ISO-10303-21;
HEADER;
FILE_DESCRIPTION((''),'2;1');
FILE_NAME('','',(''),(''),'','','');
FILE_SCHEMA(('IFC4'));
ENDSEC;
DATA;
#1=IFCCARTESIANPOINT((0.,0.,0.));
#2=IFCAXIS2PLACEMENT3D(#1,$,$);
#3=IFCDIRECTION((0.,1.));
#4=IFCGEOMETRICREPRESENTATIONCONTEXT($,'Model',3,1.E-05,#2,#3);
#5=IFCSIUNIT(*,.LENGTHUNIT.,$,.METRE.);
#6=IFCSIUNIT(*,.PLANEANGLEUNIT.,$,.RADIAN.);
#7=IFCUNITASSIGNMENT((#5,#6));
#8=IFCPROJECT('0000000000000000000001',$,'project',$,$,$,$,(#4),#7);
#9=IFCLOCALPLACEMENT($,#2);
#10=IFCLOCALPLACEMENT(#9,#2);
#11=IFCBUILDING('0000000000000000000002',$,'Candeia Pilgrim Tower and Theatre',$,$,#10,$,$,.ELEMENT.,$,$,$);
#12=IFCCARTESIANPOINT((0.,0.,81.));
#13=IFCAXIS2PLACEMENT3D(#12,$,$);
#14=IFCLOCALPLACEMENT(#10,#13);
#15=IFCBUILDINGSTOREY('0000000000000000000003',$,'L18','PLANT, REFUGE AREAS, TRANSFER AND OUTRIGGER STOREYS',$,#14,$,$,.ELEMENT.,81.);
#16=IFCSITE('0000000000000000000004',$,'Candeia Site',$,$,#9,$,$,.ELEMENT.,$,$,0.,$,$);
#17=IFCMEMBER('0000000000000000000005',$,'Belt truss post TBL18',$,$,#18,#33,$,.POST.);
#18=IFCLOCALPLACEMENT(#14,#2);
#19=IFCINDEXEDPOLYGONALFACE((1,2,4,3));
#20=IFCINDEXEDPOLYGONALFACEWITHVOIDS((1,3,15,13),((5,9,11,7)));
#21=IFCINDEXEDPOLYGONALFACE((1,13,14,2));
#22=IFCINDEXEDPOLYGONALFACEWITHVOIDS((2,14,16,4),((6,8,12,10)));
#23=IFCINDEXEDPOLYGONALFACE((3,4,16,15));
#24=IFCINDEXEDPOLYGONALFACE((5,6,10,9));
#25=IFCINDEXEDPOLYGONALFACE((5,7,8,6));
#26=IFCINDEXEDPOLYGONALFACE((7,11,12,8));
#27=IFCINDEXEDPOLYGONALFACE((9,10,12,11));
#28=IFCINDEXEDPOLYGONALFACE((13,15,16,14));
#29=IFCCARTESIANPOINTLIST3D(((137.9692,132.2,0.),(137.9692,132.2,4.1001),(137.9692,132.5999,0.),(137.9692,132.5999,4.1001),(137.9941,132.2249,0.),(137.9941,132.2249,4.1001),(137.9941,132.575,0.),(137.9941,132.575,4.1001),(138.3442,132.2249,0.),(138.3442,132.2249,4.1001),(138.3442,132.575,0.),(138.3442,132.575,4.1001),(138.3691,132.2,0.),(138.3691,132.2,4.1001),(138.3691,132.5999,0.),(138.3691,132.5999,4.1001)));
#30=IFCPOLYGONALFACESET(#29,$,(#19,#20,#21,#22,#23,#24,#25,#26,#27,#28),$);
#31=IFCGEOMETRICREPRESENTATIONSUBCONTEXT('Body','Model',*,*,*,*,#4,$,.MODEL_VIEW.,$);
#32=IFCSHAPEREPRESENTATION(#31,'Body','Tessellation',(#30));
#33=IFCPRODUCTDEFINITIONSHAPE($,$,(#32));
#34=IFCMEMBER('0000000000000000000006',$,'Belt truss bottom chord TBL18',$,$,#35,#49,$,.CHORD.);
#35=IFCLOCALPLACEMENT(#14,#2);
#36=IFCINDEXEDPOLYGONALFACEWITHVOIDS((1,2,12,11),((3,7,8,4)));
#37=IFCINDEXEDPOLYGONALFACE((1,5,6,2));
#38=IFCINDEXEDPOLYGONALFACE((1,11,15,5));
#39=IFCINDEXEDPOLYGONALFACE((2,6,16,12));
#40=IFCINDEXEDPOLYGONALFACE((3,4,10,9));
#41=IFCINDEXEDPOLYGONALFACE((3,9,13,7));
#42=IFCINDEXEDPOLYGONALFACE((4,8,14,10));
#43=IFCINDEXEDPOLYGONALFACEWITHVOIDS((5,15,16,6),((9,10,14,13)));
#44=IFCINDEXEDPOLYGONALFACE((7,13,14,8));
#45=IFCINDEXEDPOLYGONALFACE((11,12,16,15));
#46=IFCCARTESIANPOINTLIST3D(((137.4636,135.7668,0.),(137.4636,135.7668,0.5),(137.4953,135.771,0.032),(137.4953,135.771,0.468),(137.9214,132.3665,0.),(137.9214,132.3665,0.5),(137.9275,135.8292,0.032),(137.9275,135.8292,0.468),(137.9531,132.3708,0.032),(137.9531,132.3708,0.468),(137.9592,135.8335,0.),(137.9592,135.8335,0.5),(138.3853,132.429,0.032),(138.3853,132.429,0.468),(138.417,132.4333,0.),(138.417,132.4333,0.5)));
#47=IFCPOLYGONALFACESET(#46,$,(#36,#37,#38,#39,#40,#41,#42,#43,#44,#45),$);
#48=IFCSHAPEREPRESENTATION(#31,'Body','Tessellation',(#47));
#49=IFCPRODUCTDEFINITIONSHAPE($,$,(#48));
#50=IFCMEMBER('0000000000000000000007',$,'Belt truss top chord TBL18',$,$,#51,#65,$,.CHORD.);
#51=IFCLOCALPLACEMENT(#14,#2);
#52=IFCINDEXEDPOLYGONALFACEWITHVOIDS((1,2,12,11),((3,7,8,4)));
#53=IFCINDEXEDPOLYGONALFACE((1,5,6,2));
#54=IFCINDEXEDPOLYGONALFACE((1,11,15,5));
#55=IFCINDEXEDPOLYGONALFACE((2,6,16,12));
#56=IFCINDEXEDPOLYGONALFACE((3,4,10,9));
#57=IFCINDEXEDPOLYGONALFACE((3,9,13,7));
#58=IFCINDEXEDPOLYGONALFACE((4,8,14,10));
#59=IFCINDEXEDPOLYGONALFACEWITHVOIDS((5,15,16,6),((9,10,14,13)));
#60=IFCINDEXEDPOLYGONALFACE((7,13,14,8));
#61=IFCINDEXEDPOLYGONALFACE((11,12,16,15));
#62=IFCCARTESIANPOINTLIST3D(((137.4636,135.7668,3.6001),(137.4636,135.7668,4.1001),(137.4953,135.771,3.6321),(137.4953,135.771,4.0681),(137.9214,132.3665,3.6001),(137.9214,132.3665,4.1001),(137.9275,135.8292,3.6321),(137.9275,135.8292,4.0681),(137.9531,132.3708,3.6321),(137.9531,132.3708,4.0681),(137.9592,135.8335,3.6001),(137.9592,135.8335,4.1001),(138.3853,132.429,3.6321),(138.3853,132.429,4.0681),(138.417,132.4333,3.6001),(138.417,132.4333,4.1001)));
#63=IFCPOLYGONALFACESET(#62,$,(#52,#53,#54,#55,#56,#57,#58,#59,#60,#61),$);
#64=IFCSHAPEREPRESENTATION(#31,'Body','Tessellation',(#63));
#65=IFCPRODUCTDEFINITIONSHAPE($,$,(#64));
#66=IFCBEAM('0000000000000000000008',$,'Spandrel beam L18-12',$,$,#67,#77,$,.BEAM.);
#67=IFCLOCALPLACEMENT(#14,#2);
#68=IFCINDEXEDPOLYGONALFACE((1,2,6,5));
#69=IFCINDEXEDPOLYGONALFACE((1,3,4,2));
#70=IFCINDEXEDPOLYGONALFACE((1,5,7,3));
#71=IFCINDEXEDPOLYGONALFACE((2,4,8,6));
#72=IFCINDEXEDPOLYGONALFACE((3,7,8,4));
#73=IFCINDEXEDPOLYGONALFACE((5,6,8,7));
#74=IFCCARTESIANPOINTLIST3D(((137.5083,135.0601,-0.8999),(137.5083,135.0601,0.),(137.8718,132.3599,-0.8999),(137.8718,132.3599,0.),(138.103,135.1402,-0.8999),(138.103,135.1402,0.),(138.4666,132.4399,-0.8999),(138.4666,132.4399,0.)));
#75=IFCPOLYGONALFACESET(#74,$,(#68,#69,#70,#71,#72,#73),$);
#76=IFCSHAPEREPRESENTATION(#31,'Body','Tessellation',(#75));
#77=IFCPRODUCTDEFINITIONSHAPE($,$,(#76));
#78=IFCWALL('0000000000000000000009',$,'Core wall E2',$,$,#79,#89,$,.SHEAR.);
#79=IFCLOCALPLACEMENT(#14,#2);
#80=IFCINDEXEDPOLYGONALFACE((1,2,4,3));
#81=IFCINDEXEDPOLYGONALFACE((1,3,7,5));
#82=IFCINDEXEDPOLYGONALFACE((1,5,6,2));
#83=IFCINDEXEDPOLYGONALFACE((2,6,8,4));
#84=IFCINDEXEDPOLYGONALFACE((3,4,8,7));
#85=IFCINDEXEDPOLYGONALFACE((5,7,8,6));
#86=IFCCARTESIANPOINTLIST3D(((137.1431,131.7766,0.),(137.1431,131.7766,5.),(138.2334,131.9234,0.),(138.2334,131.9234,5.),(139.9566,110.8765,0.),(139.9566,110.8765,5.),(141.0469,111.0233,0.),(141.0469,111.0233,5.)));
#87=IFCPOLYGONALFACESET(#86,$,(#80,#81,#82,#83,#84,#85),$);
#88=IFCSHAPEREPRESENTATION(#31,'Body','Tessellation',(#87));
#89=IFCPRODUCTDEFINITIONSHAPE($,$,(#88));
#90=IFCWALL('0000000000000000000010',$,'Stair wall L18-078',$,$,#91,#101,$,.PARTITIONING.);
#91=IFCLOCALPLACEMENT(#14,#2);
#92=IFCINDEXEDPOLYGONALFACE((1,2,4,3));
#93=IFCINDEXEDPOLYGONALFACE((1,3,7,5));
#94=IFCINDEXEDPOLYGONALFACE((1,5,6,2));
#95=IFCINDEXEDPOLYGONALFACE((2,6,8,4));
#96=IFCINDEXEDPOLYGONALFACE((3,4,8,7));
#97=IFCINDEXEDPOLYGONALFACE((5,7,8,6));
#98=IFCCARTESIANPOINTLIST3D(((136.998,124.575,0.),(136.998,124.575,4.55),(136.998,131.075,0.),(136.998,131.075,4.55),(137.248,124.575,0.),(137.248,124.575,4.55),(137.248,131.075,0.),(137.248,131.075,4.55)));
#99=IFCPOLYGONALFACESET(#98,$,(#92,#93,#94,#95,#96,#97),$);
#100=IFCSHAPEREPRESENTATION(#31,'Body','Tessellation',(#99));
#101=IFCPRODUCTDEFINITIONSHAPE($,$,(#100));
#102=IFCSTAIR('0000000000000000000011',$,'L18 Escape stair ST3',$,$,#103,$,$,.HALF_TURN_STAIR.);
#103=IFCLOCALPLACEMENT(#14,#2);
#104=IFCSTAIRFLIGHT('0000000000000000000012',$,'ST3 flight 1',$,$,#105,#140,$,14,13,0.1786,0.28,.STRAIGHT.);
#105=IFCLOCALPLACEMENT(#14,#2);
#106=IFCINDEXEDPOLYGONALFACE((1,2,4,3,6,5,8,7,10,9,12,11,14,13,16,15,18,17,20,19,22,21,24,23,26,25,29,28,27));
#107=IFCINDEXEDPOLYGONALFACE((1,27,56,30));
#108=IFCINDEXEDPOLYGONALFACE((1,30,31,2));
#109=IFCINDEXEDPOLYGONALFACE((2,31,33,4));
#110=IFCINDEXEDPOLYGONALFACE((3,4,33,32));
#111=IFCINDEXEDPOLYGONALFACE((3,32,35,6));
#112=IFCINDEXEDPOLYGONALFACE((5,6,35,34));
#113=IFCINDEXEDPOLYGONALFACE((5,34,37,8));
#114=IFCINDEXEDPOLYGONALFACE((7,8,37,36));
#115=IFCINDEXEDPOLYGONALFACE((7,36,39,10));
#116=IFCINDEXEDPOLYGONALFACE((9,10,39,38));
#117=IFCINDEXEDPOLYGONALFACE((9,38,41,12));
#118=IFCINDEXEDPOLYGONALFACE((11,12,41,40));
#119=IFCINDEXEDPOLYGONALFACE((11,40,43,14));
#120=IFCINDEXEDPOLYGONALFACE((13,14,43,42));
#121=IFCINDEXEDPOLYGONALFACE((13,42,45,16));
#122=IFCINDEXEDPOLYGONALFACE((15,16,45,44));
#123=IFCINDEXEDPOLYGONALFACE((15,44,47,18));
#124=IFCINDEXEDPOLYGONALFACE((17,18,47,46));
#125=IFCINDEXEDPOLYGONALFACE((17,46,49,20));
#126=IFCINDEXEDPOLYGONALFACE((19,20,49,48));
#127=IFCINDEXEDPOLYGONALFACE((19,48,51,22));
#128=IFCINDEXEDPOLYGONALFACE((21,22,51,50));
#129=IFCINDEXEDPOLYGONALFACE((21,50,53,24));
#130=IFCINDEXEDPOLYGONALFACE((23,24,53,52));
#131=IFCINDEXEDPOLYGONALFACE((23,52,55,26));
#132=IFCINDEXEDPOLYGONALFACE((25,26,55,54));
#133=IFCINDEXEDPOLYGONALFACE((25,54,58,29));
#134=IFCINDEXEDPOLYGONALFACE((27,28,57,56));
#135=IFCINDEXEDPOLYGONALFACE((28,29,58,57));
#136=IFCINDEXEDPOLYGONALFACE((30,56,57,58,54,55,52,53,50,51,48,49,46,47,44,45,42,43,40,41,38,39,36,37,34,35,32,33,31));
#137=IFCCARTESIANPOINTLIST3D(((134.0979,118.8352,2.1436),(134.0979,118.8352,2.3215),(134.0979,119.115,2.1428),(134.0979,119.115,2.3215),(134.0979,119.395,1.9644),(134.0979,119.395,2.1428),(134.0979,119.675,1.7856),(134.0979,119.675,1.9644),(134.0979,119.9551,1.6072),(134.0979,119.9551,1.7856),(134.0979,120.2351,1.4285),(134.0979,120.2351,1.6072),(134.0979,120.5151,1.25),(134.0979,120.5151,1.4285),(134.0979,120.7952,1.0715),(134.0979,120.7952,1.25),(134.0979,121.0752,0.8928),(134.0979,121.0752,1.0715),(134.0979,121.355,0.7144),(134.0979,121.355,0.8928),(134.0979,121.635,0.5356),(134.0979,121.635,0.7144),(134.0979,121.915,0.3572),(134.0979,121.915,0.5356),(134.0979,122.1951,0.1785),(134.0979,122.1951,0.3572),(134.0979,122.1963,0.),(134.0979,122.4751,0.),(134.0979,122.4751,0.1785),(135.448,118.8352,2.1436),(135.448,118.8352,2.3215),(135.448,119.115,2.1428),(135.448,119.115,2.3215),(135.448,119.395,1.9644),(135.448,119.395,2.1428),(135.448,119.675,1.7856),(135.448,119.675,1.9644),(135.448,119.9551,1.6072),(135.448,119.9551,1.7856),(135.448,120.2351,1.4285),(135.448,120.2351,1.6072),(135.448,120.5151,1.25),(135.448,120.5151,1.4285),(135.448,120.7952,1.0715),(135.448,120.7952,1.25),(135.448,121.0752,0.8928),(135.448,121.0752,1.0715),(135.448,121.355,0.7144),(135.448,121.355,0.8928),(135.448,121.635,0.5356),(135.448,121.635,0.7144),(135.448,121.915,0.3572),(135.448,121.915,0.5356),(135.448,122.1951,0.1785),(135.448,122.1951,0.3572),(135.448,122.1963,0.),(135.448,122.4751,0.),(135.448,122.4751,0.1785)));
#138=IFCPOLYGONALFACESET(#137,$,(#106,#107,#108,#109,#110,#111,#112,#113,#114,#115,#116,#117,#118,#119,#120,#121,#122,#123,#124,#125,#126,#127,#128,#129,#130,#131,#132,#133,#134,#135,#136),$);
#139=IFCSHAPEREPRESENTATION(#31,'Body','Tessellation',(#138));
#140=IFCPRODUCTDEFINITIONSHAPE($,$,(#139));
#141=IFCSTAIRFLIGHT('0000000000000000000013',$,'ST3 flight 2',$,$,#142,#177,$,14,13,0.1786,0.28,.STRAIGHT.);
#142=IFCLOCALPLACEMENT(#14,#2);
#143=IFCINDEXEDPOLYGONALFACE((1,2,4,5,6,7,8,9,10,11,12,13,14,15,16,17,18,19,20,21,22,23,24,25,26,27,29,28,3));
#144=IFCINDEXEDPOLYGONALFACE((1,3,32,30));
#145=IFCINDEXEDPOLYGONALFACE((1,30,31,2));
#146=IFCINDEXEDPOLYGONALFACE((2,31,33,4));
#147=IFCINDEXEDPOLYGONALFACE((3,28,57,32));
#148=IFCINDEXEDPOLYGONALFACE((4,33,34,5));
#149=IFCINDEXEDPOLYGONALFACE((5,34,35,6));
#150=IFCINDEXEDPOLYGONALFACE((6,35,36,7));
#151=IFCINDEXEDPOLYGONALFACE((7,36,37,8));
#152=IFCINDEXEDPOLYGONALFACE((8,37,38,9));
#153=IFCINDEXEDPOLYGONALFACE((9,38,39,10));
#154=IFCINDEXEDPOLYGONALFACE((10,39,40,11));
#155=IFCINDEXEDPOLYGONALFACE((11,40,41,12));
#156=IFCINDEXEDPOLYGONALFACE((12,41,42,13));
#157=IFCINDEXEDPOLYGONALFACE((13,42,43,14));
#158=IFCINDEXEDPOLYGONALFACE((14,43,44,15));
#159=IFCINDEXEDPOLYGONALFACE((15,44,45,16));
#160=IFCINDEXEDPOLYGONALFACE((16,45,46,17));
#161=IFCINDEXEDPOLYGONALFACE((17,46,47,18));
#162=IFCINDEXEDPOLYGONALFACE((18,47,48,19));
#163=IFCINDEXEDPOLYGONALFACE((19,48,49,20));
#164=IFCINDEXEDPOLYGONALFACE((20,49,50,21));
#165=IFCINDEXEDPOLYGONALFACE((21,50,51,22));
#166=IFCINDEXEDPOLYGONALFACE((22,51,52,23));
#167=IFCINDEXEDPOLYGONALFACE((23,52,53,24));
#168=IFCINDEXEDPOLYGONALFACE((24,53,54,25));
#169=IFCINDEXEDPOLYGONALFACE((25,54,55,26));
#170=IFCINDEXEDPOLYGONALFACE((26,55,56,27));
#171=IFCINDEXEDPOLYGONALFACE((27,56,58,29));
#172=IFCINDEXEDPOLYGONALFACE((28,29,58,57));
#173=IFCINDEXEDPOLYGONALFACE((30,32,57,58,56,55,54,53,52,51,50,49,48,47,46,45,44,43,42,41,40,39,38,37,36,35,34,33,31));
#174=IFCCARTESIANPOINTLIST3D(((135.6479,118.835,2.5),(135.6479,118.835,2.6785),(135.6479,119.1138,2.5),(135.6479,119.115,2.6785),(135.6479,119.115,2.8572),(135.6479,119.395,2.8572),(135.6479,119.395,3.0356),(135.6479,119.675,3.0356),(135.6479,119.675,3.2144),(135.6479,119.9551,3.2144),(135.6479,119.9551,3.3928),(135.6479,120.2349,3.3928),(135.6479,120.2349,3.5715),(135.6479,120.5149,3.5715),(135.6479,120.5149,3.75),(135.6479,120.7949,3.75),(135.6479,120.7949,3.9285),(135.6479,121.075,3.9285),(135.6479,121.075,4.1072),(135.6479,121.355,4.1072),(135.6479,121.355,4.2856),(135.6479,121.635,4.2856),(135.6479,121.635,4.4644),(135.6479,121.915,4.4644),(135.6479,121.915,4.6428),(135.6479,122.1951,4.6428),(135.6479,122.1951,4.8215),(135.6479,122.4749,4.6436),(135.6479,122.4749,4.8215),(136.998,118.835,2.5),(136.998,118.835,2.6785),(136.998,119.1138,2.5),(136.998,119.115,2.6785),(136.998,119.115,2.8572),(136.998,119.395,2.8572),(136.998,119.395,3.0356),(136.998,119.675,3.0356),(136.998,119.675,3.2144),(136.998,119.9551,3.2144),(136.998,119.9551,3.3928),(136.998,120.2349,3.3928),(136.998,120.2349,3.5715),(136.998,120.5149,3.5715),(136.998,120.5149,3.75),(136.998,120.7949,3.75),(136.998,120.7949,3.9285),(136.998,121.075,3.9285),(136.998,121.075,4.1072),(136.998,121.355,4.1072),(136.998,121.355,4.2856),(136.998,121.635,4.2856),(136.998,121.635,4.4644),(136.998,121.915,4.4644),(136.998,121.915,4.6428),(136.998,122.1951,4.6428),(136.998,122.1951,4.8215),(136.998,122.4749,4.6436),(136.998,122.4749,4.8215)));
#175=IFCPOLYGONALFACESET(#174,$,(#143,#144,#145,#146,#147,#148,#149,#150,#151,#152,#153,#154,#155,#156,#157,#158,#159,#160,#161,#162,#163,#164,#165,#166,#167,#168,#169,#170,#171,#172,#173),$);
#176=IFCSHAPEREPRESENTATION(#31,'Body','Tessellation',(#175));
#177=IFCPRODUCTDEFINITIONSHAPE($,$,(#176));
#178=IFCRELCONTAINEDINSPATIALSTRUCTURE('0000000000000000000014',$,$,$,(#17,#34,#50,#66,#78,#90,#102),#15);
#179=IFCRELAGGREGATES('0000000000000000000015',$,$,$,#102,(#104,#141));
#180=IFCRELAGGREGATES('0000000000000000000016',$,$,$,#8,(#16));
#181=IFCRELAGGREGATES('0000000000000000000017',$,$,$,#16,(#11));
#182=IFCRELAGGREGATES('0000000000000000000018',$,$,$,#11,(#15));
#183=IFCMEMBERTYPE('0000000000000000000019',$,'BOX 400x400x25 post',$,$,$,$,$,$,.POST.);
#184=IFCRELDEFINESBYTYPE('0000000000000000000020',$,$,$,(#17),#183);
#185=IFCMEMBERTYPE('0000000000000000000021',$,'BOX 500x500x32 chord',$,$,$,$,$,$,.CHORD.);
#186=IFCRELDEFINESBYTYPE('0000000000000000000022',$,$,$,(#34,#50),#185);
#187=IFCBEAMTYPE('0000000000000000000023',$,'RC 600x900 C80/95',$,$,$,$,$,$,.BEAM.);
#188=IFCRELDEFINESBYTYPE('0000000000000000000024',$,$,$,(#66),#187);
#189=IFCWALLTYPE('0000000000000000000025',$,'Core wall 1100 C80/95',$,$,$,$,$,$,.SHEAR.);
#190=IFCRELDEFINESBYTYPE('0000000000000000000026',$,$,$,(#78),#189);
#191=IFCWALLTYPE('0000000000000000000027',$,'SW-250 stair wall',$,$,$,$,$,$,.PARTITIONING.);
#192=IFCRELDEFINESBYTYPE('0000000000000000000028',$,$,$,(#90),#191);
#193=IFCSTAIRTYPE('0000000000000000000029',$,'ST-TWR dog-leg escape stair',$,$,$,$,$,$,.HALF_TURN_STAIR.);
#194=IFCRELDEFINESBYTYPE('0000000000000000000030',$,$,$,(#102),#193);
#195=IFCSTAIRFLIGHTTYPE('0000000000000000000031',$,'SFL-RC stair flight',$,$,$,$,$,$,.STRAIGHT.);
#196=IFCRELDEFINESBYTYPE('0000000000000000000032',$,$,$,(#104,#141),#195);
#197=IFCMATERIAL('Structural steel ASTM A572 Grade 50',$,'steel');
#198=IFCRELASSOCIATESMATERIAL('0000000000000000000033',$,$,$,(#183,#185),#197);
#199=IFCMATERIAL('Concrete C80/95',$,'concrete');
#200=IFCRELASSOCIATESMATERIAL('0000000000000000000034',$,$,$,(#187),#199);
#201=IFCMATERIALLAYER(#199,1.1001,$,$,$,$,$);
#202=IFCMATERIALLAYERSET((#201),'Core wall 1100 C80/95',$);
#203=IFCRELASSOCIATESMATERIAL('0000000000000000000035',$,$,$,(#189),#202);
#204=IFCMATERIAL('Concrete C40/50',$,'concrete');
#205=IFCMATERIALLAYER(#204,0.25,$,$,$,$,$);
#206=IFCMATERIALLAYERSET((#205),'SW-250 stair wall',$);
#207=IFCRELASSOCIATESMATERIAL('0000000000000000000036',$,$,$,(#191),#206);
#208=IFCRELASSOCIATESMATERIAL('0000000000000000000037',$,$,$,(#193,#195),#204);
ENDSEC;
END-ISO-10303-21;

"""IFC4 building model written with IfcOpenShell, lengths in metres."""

from ifc_helpers import new_model, si_unit, direction, frame, frame_2d, origin, origin_2d, place, context, subcontext, project, spatial, polyline, rectangle, hollow_rectangle, outline, extrude, material, layer, layer_set, material_profile, profile_set, type_object, element, aggregate, save


model = new_model("IFC4")

# Units and contexts
model_context = context("Model", 3, precision=1e-05, world=origin(), true_north=direction((0.0, 1.0)))
body_context = subcontext(model_context, "Body", "Model", "MODEL_VIEW")
ifc_project = project(units=[si_unit("LENGTHUNIT", "METRE"), si_unit("PLANEANGLEUNIT", "RADIAN")], contexts=[model_context])

# Site, building, storey
site_placement = place(None, origin())
site = spatial("IfcSite", under=ifc_project, at=site_placement, Name="Candeia Site", CompositionType="ELEMENT", RefElevation=0.0)
building_placement = place(site_placement, origin())
building = spatial("IfcBuilding", under=site, at=building_placement, Name="Candeia Pilgrim Tower and Theatre", CompositionType="ELEMENT")
storey_placement = place(building_placement, frame((0.0, 0.0, 81.0)))
storey = spatial("IfcBuildingStorey", under=building, at=storey_placement, Name="L18", Description="PLANT, REFUGE AREAS, TRANSFER AND OUTRIGGER STOREYS", CompositionType="ELEMENT", Elevation=81.0)

# Members
ifc_material_1 = material(Name="Structural steel ASTM A572 Grade 50", Category="steel")
ifc_material_profile_1 = material_profile(ifc_material_1, hollow_rectangle(XDim=0.3999, YDim=0.3999, WallThickness=0.0249, at=origin_2d()))
ifc_profile_set_1 = profile_set([ifc_material_profile_1], Name="Structural steel ASTM A572 Grade 50")
member_type_1 = type_object("IfcMemberType", Name="BOX 400x400x25 post", PredefinedType="POST", material=ifc_profile_set_1)
member_placement = place(storey_placement, frame((138.1692, 132.3999, 0.0), z_axis=(0.0, 0.0, 1.0), x_axis=(1.0, 0.0, 0.0)))
element("IfcMember", 1, at=member_placement, inside=storey, type_object=member_type_1, Name="Belt truss post TBL18", PredefinedType="POST", context=body_context, shape_type="SweptSolid", body=[
    extrude(hollow_rectangle(XDim=0.3999, YDim=0.3999, WallThickness=0.0249, at=origin_2d()), origin(), (0.0, 0.0, 1.0), 4.1001),
])
ifc_material_profile_2 = material_profile(ifc_material_1, hollow_rectangle(XDim=0.5, YDim=0.5, WallThickness=0.032, at=origin_2d()))
ifc_profile_set_2 = profile_set([ifc_material_profile_2], Name="Structural steel ASTM A572 Grade 50")
member_type_2 = type_object("IfcMemberType", Name="BOX 500x500x32 chord", PredefinedType="CHORD", material=ifc_profile_set_2)
for number, where, z_axis, x_axis, name in (
    (2, (138.1692, 132.3999, 0.25), (-0.133427, 0.991059, 0.0), (-0.991059, -0.133427, 0.0), "Belt truss bottom chord TBL18"),
    (3, (138.1692, 132.3999, 3.8501), (-0.133427, 0.991059, 0.0), (-0.991059, -0.133427, 0.0), "Belt truss top chord TBL18"),
):
    element("IfcMember", number, at=place(storey_placement, frame(where, z_axis=z_axis, x_axis=x_axis)), inside=storey, type_object=member_type_2, Name=name, PredefinedType="CHORD", context=body_context, shape_type="SweptSolid", body=[
        extrude(hollow_rectangle(XDim=0.5, YDim=0.5, WallThickness=0.032, at=origin_2d()), origin(), (0.0, 0.0, 1.0), 3.4309),
    ])

# Beam
ifc_material_2 = material(Name="Concrete C80/95", Category="concrete")
ifc_material_profile_3 = material_profile(ifc_material_2, rectangle(XDim=0.6001, YDim=0.8999, at=origin_2d()))
ifc_profile_set_3 = profile_set([ifc_material_profile_3], Name="Concrete C80/95")
beam_type = type_object("IfcBeamType", Name="RC 600x900 C80/95", PredefinedType="BEAM", material=ifc_profile_set_3)
beam_placement = place(storey_placement, frame((138.1692, 132.3999, -0.45), z_axis=(-0.133426, 0.991059, 0.0), x_axis=(-0.991059, -0.133426, 0.0)))
element("IfcBeam", 4, at=beam_placement, inside=storey, type_object=beam_type, Name="Spandrel beam L18-12", PredefinedType="BEAM", context=body_context, shape_type="SweptSolid", body=[
    extrude(rectangle(XDim=0.6001, YDim=0.8999, at=origin_2d()), origin(), (0.0, 0.0, 1.0), 2.7246),
])

# Wall
ifc_layer_1 = layer(ifc_material_2, 1.1001)
ifc_layer_set_1 = layer_set([ifc_layer_1], Name="Core wall 1100 C80/95")
wall_type_1 = type_object("IfcWallType", Name="Core wall 1100 C80/95", PredefinedType="SHEAR", material=ifc_layer_set_1)
wall_1_placement = place(storey_placement, frame((137.6882, 131.8501, 0.0), z_axis=(0.0, 0.0, 1.0), x_axis=(0.133412, -0.991061, 0.0)))
element("IfcWall", 5, at=wall_1_placement, inside=storey, type_object=wall_type_1, Name="Core wall E2", PredefinedType="SHEAR", context=body_context, shape_type="SweptSolid", body=[
    extrude(rectangle(XDim=21.0886, YDim=1.1001, at=frame_2d((10.5444, 0.0))), origin(), (0.0, 0.0, 1.0), 5.0),
])

# Wall
ifc_material_3 = material(Name="Concrete C40/50", Category="concrete")
ifc_layer_2 = layer(ifc_material_3, 0.25)
ifc_layer_set_2 = layer_set([ifc_layer_2], Name="SW-250 stair wall")
wall_type_2 = type_object("IfcWallType", Name="SW-250 stair wall", PredefinedType="PARTITIONING", material=ifc_layer_set_2)
wall_2_placement = place(storey_placement, frame((137.123, 124.575, 0.0), z_axis=(0.0, 0.0, 1.0), x_axis=(0.0, 1.0, 0.0)))
element("IfcWall", 6, at=wall_2_placement, inside=storey, type_object=wall_type_2, Name="Stair wall L18-078", PredefinedType="PARTITIONING", context=body_context, shape_type="SweptSolid", body=[
    extrude(rectangle(XDim=6.5, YDim=0.25, at=frame_2d((3.25, 0.0))), origin(), (0.0, 0.0, 1.0), 4.55),
])

# Stair, stair flights
stair_type = type_object("IfcStairType", Name="ST-TWR dog-leg escape stair", PredefinedType="HALF_TURN_STAIR", material=ifc_material_3)
stair_1_placement = place(storey_placement, origin())
stair_1 = element("IfcStair", 7, at=stair_1_placement, inside=storey, type_object=stair_type, Name="L18 Escape stair ST3", PredefinedType="HALF_TURN_STAIR")
stair_flight_type = type_object("IfcStairFlightType", Name="SFL-RC stair flight", PredefinedType="STRAIGHT", material=ifc_material_3)
stair_flight_1_placement = place(storey_placement, frame((134.7729, 122.4751, 0.0), z_axis=(0.0, 0.0, 1.0), x_axis=(0.0, -1.0, 0.0)))
stair_flight_1 = element("IfcStairFlight", 8, at=stair_flight_1_placement, type_object=stair_flight_type, Name="ST3 flight 1", NumberOfRisers=14, NumberOfTreads=13, PredefinedType="STRAIGHT", RiserHeight=0.1786, TreadLength=0.28, context=body_context, shape_type="SweptSolid", body=[
    extrude(outline(polyline([(0.0, 0.0), (0.0, 0.1785), (0.28, 0.1785), (0.28, 0.3572), (0.5601, 0.3572), (0.5601, 0.5356), (0.8401, 0.5356), (0.8401, 0.7144), (1.1201, 0.7144), (1.1201, 0.8928), (1.3999, 0.8928), (1.3999, 1.0715), (1.6799, 1.0715), (1.6799, 1.25), (1.96, 1.25), (1.96, 1.4285), (2.24, 1.4285), (2.24, 1.6072), (2.52, 1.6072), (2.52, 1.7856), (2.8, 1.7856), (2.8, 1.9644), (3.0801, 1.9644), (3.0801, 2.1428), (3.3601, 2.1428), (3.3601, 2.3215), (3.6399, 2.3215), (3.6399, 2.5), (3.6399, 2.1436), (0.2788, 0.0), (0.0, 0.0)])), frame((0.0, 0.675, 0.0), z_axis=(0.0, -1.0, 0.0), x_axis=(1.0, 0.0, 0.0)), (0.0, 0.0, 1.0), 1.3501),
])
stair_flight_2_placement = place(storey_placement, frame((136.323, 118.835, 2.5), z_axis=(0.0, 0.0, 1.0), x_axis=(0.0, 1.0, 0.0)))
stair_flight_2 = element("IfcStairFlight", 9, at=stair_flight_2_placement, type_object=stair_flight_type, Name="ST3 flight 2", NumberOfRisers=14, NumberOfTreads=13, PredefinedType="STRAIGHT", RiserHeight=0.1786, TreadLength=0.28, context=body_context, shape_type="SweptSolid", body=[
    extrude(outline(polyline([(0.0, 0.0), (0.0, 0.1785), (0.28, 0.1785), (0.28, 0.3572), (0.5601, 0.3572), (0.5601, 0.5356), (0.8401, 0.5356), (0.8401, 0.7144), (1.1201, 0.7144), (1.1201, 0.8928), (1.3999, 0.8928), (1.3999, 1.0715), (1.6799, 1.0715), (1.6799, 1.25), (1.96, 1.25), (1.96, 1.4285), (2.24, 1.4285), (2.24, 1.6072), (2.52, 1.6072), (2.52, 1.7856), (2.8, 1.7856), (2.8, 1.9644), (3.0801, 1.9644), (3.0801, 2.1428), (3.3601, 2.1428), (3.3601, 2.3215), (3.6399, 2.3215), (3.6399, 2.5), (3.6399, 2.1436), (0.2788, 0.0), (0.0, 0.0)])), frame((0.0, 0.675, 0.0), z_axis=(0.0, -1.0, 0.0), x_axis=(1.0, 0.0, 0.0)), (0.0, 0.0, 1.0), 1.3501),
])
aggregate(stair_1, [stair_flight_1, stair_flight_2])

save(model, "model.ifc")
